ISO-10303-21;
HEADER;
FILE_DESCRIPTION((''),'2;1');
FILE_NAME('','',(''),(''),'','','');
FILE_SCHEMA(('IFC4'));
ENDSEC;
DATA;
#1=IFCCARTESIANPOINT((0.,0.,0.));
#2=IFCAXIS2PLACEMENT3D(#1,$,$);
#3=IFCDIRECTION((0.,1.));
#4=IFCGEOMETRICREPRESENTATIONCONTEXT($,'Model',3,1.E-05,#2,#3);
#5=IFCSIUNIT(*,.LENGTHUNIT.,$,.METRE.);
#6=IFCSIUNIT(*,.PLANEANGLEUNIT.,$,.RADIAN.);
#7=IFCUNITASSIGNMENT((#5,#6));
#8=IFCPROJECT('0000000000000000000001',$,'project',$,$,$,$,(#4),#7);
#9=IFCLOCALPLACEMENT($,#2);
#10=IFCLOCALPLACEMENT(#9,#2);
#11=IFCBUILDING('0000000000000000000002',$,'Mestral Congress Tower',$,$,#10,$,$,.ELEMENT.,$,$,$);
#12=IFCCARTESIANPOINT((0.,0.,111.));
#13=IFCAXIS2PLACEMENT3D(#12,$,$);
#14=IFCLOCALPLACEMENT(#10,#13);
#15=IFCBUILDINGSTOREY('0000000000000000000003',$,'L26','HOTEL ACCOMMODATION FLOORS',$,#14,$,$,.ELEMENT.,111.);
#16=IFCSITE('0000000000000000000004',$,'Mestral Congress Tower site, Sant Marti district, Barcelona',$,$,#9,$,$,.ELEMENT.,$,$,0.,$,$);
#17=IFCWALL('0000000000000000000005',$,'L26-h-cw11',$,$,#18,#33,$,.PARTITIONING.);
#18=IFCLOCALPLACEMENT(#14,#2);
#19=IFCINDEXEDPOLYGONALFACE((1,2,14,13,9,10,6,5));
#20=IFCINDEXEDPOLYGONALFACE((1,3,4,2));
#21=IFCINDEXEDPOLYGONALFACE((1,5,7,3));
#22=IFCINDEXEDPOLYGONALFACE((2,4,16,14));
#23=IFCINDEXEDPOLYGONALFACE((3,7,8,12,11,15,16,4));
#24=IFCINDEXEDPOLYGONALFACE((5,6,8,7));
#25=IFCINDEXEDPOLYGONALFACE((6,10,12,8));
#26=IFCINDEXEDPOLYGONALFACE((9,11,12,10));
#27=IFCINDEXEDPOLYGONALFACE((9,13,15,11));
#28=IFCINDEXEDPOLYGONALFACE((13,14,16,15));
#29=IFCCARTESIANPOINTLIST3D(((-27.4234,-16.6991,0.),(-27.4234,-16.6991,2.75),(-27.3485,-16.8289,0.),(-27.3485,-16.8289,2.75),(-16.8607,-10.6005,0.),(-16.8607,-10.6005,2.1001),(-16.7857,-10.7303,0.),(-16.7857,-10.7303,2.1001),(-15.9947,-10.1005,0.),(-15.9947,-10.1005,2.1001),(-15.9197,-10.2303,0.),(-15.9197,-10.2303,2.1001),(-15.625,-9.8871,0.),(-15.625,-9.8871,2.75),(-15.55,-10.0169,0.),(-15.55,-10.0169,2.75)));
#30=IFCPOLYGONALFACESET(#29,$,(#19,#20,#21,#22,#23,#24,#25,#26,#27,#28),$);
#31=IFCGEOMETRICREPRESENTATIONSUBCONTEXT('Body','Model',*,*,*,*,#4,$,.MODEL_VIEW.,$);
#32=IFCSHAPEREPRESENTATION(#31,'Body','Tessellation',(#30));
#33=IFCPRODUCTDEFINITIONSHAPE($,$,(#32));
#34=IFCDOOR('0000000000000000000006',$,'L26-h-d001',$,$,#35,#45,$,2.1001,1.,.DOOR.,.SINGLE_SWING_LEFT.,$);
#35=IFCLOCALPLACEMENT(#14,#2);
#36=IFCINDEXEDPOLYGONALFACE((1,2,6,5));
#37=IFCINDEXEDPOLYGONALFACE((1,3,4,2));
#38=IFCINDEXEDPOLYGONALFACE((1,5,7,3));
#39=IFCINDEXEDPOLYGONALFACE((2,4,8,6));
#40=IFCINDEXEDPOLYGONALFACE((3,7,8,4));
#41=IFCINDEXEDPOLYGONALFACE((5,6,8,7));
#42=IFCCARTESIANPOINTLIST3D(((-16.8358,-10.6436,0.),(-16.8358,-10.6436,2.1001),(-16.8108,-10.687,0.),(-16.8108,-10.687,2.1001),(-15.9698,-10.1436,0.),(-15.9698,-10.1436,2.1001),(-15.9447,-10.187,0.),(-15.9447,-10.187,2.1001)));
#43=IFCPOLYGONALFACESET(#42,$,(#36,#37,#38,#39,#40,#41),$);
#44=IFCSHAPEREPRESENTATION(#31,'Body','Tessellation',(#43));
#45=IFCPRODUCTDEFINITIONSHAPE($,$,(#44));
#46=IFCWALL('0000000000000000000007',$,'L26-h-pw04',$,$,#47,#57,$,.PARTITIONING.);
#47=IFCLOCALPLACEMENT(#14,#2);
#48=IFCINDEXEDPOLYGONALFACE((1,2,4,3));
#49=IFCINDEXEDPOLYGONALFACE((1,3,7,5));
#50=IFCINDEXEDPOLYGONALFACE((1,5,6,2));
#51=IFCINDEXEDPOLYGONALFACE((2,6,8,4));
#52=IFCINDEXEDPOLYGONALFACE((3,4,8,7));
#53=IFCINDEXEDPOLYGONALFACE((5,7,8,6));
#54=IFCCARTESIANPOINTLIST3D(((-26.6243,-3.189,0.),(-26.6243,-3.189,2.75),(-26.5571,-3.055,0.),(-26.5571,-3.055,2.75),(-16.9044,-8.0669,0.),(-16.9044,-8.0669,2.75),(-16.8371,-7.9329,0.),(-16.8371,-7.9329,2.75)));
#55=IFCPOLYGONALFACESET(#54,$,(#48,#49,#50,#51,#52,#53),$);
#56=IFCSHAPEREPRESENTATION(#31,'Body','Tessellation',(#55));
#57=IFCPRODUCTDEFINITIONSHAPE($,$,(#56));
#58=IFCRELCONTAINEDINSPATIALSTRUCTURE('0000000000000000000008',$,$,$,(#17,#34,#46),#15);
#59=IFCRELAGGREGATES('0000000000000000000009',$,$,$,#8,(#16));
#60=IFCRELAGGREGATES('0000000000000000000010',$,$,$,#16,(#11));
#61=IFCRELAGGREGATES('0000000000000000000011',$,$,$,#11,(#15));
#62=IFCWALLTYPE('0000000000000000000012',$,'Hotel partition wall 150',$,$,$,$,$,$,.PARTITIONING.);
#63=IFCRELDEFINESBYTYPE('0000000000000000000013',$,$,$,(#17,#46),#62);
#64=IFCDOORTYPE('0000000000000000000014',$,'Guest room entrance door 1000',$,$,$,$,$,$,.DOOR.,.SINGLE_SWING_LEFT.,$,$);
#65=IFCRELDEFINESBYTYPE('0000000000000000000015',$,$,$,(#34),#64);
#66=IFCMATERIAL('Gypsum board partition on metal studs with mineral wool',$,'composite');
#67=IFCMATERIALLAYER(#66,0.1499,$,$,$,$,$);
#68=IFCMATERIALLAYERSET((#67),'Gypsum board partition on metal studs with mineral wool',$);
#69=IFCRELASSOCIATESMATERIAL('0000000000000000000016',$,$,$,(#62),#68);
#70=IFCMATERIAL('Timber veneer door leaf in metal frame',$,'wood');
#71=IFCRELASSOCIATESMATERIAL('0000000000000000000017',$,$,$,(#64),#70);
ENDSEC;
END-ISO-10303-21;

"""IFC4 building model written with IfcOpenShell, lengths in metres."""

from ifc_helpers import new_model, si_unit, direction, frame, frame_2d, origin, place, context, subcontext, project, spatial, rectangle, extrude, material, layer, layer_set, type_object, element, fill, save


model = new_model("IFC4")

# Units and contexts
model_context = context("Model", 3, precision=1e-05, world=origin(), true_north=direction((0.0, 1.0)))
body_context = subcontext(model_context, "Body", "Model", "MODEL_VIEW")
ifc_project = project(units=[si_unit("LENGTHUNIT", "METRE"), si_unit("PLANEANGLEUNIT", "RADIAN")], contexts=[model_context])

# Site, building, storey
site_placement = place(None, origin())
site = spatial("IfcSite", under=ifc_project, at=site_placement, Name="Mestral Congress Tower site, Sant Marti district, Barcelona", CompositionType="ELEMENT", RefElevation=0.0)
building_placement = place(site_placement, origin())
building = spatial("IfcBuilding", under=site, at=building_placement, Name="Mestral Congress Tower", CompositionType="ELEMENT")
storey_placement = place(building_placement, frame((0.0, 0.0, 111.0)))
storey = spatial("IfcBuildingStorey", under=building, at=storey_placement, Name="L26", Description="HOTEL ACCOMMODATION FLOORS", CompositionType="ELEMENT", Elevation=111.0)

# Shared definitions
ifc_material_1 = material(Name="Gypsum board partition on metal studs with mineral wool", Category="composite")

# Shared definitions
ifc_layer_1 = layer(ifc_material_1, 0.1499)
ifc_layer_set_1 = layer_set([ifc_layer_1], Name="Gypsum board partition on metal studs with mineral wool")
wall_type_1 = type_object("IfcWallType", Name="Hotel partition wall 150", PredefinedType="PARTITIONING", material=ifc_layer_set_1)
ifc_material_2 = material(Name="Timber veneer door leaf in metal frame", Category="wood")
door_type_1 = type_object("IfcDoorType", Name="Guest room entrance door 1000", OperationType="SINGLE_SWING_LEFT", PredefinedType="DOOR", material=ifc_material_2)

# Wall, opening, door
wall_1_placement = place(storey_placement, frame((-15.5874, -9.9519, 0.0), z_axis=(0.0, 0.0, 1.0), x_axis=(-0.866018, -0.500013, 0.0)))
wall_1 = element("IfcWall", 1, at=wall_1_placement, inside=storey, type_object=wall_type_1, Name="L26-h-cw11", PredefinedType="PARTITIONING", context=body_context, shape_type="SweptSolid", body=[
    extrude(rectangle(XDim=13.6238, YDim=0.1499, at=frame_2d((6.812, 0.0))), origin(), (0.0, 0.0, 1.0), 2.75),
])
opening_1_placement = place(wall_1_placement, frame((0.427, 0.0, 0.0)))
opening_1 = element("IfcOpeningElement", 2, at=opening_1_placement, cuts=wall_1, PredefinedType="OPENING", context=body_context, shape_type="SweptSolid", body=[
    extrude(rectangle(XDim=1.0, YDim=2.1001, at=frame_2d((0.5, 1.05))), frame((0.0, 0.085, 0.0), z_axis=(0.0, -1.0, 0.0), x_axis=(1.0, 0.0, 0.0)), (0.0, 0.0, 1.0), 0.1699),
])
door_1_placement = place(opening_1_placement, origin())
door_1 = element("IfcDoor", 3, at=door_1_placement, inside=storey, type_object=door_type_1, Name="L26-h-d001", OperationType="SINGLE_SWING_LEFT", OverallHeight=2.1001, OverallWidth=1.0, PredefinedType="DOOR", context=body_context, shape_type="SweptSolid", body=[
    extrude(rectangle(XDim=1.0, YDim=2.1001, at=frame_2d((0.5, 1.05))), frame((0.0, 0.0249, 0.0), z_axis=(0.0, -1.0, 0.0), x_axis=(1.0, 0.0, 0.0)), (0.0, 0.0, 1.0), 0.05),
])
fill(opening_1, door_1)

# Wall
wall_2_placement = place(storey_placement, frame((-26.5906, -3.1221, 0.0), z_axis=(0.0, 0.0, 1.0), x_axis=(0.893766, -0.448533, 0.0)))
element("IfcWall", 4, at=wall_2_placement, inside=storey, type_object=wall_type_1, Name="L26-h-pw04", PredefinedType="PARTITIONING", context=body_context, shape_type="SweptSolid", body=[
    extrude(rectangle(XDim=10.8752, YDim=0.1499, at=frame_2d((5.4375, 0.0))), origin(), (0.0, 0.0, 1.0), 2.75),
])

save(model, "model.ifc")
